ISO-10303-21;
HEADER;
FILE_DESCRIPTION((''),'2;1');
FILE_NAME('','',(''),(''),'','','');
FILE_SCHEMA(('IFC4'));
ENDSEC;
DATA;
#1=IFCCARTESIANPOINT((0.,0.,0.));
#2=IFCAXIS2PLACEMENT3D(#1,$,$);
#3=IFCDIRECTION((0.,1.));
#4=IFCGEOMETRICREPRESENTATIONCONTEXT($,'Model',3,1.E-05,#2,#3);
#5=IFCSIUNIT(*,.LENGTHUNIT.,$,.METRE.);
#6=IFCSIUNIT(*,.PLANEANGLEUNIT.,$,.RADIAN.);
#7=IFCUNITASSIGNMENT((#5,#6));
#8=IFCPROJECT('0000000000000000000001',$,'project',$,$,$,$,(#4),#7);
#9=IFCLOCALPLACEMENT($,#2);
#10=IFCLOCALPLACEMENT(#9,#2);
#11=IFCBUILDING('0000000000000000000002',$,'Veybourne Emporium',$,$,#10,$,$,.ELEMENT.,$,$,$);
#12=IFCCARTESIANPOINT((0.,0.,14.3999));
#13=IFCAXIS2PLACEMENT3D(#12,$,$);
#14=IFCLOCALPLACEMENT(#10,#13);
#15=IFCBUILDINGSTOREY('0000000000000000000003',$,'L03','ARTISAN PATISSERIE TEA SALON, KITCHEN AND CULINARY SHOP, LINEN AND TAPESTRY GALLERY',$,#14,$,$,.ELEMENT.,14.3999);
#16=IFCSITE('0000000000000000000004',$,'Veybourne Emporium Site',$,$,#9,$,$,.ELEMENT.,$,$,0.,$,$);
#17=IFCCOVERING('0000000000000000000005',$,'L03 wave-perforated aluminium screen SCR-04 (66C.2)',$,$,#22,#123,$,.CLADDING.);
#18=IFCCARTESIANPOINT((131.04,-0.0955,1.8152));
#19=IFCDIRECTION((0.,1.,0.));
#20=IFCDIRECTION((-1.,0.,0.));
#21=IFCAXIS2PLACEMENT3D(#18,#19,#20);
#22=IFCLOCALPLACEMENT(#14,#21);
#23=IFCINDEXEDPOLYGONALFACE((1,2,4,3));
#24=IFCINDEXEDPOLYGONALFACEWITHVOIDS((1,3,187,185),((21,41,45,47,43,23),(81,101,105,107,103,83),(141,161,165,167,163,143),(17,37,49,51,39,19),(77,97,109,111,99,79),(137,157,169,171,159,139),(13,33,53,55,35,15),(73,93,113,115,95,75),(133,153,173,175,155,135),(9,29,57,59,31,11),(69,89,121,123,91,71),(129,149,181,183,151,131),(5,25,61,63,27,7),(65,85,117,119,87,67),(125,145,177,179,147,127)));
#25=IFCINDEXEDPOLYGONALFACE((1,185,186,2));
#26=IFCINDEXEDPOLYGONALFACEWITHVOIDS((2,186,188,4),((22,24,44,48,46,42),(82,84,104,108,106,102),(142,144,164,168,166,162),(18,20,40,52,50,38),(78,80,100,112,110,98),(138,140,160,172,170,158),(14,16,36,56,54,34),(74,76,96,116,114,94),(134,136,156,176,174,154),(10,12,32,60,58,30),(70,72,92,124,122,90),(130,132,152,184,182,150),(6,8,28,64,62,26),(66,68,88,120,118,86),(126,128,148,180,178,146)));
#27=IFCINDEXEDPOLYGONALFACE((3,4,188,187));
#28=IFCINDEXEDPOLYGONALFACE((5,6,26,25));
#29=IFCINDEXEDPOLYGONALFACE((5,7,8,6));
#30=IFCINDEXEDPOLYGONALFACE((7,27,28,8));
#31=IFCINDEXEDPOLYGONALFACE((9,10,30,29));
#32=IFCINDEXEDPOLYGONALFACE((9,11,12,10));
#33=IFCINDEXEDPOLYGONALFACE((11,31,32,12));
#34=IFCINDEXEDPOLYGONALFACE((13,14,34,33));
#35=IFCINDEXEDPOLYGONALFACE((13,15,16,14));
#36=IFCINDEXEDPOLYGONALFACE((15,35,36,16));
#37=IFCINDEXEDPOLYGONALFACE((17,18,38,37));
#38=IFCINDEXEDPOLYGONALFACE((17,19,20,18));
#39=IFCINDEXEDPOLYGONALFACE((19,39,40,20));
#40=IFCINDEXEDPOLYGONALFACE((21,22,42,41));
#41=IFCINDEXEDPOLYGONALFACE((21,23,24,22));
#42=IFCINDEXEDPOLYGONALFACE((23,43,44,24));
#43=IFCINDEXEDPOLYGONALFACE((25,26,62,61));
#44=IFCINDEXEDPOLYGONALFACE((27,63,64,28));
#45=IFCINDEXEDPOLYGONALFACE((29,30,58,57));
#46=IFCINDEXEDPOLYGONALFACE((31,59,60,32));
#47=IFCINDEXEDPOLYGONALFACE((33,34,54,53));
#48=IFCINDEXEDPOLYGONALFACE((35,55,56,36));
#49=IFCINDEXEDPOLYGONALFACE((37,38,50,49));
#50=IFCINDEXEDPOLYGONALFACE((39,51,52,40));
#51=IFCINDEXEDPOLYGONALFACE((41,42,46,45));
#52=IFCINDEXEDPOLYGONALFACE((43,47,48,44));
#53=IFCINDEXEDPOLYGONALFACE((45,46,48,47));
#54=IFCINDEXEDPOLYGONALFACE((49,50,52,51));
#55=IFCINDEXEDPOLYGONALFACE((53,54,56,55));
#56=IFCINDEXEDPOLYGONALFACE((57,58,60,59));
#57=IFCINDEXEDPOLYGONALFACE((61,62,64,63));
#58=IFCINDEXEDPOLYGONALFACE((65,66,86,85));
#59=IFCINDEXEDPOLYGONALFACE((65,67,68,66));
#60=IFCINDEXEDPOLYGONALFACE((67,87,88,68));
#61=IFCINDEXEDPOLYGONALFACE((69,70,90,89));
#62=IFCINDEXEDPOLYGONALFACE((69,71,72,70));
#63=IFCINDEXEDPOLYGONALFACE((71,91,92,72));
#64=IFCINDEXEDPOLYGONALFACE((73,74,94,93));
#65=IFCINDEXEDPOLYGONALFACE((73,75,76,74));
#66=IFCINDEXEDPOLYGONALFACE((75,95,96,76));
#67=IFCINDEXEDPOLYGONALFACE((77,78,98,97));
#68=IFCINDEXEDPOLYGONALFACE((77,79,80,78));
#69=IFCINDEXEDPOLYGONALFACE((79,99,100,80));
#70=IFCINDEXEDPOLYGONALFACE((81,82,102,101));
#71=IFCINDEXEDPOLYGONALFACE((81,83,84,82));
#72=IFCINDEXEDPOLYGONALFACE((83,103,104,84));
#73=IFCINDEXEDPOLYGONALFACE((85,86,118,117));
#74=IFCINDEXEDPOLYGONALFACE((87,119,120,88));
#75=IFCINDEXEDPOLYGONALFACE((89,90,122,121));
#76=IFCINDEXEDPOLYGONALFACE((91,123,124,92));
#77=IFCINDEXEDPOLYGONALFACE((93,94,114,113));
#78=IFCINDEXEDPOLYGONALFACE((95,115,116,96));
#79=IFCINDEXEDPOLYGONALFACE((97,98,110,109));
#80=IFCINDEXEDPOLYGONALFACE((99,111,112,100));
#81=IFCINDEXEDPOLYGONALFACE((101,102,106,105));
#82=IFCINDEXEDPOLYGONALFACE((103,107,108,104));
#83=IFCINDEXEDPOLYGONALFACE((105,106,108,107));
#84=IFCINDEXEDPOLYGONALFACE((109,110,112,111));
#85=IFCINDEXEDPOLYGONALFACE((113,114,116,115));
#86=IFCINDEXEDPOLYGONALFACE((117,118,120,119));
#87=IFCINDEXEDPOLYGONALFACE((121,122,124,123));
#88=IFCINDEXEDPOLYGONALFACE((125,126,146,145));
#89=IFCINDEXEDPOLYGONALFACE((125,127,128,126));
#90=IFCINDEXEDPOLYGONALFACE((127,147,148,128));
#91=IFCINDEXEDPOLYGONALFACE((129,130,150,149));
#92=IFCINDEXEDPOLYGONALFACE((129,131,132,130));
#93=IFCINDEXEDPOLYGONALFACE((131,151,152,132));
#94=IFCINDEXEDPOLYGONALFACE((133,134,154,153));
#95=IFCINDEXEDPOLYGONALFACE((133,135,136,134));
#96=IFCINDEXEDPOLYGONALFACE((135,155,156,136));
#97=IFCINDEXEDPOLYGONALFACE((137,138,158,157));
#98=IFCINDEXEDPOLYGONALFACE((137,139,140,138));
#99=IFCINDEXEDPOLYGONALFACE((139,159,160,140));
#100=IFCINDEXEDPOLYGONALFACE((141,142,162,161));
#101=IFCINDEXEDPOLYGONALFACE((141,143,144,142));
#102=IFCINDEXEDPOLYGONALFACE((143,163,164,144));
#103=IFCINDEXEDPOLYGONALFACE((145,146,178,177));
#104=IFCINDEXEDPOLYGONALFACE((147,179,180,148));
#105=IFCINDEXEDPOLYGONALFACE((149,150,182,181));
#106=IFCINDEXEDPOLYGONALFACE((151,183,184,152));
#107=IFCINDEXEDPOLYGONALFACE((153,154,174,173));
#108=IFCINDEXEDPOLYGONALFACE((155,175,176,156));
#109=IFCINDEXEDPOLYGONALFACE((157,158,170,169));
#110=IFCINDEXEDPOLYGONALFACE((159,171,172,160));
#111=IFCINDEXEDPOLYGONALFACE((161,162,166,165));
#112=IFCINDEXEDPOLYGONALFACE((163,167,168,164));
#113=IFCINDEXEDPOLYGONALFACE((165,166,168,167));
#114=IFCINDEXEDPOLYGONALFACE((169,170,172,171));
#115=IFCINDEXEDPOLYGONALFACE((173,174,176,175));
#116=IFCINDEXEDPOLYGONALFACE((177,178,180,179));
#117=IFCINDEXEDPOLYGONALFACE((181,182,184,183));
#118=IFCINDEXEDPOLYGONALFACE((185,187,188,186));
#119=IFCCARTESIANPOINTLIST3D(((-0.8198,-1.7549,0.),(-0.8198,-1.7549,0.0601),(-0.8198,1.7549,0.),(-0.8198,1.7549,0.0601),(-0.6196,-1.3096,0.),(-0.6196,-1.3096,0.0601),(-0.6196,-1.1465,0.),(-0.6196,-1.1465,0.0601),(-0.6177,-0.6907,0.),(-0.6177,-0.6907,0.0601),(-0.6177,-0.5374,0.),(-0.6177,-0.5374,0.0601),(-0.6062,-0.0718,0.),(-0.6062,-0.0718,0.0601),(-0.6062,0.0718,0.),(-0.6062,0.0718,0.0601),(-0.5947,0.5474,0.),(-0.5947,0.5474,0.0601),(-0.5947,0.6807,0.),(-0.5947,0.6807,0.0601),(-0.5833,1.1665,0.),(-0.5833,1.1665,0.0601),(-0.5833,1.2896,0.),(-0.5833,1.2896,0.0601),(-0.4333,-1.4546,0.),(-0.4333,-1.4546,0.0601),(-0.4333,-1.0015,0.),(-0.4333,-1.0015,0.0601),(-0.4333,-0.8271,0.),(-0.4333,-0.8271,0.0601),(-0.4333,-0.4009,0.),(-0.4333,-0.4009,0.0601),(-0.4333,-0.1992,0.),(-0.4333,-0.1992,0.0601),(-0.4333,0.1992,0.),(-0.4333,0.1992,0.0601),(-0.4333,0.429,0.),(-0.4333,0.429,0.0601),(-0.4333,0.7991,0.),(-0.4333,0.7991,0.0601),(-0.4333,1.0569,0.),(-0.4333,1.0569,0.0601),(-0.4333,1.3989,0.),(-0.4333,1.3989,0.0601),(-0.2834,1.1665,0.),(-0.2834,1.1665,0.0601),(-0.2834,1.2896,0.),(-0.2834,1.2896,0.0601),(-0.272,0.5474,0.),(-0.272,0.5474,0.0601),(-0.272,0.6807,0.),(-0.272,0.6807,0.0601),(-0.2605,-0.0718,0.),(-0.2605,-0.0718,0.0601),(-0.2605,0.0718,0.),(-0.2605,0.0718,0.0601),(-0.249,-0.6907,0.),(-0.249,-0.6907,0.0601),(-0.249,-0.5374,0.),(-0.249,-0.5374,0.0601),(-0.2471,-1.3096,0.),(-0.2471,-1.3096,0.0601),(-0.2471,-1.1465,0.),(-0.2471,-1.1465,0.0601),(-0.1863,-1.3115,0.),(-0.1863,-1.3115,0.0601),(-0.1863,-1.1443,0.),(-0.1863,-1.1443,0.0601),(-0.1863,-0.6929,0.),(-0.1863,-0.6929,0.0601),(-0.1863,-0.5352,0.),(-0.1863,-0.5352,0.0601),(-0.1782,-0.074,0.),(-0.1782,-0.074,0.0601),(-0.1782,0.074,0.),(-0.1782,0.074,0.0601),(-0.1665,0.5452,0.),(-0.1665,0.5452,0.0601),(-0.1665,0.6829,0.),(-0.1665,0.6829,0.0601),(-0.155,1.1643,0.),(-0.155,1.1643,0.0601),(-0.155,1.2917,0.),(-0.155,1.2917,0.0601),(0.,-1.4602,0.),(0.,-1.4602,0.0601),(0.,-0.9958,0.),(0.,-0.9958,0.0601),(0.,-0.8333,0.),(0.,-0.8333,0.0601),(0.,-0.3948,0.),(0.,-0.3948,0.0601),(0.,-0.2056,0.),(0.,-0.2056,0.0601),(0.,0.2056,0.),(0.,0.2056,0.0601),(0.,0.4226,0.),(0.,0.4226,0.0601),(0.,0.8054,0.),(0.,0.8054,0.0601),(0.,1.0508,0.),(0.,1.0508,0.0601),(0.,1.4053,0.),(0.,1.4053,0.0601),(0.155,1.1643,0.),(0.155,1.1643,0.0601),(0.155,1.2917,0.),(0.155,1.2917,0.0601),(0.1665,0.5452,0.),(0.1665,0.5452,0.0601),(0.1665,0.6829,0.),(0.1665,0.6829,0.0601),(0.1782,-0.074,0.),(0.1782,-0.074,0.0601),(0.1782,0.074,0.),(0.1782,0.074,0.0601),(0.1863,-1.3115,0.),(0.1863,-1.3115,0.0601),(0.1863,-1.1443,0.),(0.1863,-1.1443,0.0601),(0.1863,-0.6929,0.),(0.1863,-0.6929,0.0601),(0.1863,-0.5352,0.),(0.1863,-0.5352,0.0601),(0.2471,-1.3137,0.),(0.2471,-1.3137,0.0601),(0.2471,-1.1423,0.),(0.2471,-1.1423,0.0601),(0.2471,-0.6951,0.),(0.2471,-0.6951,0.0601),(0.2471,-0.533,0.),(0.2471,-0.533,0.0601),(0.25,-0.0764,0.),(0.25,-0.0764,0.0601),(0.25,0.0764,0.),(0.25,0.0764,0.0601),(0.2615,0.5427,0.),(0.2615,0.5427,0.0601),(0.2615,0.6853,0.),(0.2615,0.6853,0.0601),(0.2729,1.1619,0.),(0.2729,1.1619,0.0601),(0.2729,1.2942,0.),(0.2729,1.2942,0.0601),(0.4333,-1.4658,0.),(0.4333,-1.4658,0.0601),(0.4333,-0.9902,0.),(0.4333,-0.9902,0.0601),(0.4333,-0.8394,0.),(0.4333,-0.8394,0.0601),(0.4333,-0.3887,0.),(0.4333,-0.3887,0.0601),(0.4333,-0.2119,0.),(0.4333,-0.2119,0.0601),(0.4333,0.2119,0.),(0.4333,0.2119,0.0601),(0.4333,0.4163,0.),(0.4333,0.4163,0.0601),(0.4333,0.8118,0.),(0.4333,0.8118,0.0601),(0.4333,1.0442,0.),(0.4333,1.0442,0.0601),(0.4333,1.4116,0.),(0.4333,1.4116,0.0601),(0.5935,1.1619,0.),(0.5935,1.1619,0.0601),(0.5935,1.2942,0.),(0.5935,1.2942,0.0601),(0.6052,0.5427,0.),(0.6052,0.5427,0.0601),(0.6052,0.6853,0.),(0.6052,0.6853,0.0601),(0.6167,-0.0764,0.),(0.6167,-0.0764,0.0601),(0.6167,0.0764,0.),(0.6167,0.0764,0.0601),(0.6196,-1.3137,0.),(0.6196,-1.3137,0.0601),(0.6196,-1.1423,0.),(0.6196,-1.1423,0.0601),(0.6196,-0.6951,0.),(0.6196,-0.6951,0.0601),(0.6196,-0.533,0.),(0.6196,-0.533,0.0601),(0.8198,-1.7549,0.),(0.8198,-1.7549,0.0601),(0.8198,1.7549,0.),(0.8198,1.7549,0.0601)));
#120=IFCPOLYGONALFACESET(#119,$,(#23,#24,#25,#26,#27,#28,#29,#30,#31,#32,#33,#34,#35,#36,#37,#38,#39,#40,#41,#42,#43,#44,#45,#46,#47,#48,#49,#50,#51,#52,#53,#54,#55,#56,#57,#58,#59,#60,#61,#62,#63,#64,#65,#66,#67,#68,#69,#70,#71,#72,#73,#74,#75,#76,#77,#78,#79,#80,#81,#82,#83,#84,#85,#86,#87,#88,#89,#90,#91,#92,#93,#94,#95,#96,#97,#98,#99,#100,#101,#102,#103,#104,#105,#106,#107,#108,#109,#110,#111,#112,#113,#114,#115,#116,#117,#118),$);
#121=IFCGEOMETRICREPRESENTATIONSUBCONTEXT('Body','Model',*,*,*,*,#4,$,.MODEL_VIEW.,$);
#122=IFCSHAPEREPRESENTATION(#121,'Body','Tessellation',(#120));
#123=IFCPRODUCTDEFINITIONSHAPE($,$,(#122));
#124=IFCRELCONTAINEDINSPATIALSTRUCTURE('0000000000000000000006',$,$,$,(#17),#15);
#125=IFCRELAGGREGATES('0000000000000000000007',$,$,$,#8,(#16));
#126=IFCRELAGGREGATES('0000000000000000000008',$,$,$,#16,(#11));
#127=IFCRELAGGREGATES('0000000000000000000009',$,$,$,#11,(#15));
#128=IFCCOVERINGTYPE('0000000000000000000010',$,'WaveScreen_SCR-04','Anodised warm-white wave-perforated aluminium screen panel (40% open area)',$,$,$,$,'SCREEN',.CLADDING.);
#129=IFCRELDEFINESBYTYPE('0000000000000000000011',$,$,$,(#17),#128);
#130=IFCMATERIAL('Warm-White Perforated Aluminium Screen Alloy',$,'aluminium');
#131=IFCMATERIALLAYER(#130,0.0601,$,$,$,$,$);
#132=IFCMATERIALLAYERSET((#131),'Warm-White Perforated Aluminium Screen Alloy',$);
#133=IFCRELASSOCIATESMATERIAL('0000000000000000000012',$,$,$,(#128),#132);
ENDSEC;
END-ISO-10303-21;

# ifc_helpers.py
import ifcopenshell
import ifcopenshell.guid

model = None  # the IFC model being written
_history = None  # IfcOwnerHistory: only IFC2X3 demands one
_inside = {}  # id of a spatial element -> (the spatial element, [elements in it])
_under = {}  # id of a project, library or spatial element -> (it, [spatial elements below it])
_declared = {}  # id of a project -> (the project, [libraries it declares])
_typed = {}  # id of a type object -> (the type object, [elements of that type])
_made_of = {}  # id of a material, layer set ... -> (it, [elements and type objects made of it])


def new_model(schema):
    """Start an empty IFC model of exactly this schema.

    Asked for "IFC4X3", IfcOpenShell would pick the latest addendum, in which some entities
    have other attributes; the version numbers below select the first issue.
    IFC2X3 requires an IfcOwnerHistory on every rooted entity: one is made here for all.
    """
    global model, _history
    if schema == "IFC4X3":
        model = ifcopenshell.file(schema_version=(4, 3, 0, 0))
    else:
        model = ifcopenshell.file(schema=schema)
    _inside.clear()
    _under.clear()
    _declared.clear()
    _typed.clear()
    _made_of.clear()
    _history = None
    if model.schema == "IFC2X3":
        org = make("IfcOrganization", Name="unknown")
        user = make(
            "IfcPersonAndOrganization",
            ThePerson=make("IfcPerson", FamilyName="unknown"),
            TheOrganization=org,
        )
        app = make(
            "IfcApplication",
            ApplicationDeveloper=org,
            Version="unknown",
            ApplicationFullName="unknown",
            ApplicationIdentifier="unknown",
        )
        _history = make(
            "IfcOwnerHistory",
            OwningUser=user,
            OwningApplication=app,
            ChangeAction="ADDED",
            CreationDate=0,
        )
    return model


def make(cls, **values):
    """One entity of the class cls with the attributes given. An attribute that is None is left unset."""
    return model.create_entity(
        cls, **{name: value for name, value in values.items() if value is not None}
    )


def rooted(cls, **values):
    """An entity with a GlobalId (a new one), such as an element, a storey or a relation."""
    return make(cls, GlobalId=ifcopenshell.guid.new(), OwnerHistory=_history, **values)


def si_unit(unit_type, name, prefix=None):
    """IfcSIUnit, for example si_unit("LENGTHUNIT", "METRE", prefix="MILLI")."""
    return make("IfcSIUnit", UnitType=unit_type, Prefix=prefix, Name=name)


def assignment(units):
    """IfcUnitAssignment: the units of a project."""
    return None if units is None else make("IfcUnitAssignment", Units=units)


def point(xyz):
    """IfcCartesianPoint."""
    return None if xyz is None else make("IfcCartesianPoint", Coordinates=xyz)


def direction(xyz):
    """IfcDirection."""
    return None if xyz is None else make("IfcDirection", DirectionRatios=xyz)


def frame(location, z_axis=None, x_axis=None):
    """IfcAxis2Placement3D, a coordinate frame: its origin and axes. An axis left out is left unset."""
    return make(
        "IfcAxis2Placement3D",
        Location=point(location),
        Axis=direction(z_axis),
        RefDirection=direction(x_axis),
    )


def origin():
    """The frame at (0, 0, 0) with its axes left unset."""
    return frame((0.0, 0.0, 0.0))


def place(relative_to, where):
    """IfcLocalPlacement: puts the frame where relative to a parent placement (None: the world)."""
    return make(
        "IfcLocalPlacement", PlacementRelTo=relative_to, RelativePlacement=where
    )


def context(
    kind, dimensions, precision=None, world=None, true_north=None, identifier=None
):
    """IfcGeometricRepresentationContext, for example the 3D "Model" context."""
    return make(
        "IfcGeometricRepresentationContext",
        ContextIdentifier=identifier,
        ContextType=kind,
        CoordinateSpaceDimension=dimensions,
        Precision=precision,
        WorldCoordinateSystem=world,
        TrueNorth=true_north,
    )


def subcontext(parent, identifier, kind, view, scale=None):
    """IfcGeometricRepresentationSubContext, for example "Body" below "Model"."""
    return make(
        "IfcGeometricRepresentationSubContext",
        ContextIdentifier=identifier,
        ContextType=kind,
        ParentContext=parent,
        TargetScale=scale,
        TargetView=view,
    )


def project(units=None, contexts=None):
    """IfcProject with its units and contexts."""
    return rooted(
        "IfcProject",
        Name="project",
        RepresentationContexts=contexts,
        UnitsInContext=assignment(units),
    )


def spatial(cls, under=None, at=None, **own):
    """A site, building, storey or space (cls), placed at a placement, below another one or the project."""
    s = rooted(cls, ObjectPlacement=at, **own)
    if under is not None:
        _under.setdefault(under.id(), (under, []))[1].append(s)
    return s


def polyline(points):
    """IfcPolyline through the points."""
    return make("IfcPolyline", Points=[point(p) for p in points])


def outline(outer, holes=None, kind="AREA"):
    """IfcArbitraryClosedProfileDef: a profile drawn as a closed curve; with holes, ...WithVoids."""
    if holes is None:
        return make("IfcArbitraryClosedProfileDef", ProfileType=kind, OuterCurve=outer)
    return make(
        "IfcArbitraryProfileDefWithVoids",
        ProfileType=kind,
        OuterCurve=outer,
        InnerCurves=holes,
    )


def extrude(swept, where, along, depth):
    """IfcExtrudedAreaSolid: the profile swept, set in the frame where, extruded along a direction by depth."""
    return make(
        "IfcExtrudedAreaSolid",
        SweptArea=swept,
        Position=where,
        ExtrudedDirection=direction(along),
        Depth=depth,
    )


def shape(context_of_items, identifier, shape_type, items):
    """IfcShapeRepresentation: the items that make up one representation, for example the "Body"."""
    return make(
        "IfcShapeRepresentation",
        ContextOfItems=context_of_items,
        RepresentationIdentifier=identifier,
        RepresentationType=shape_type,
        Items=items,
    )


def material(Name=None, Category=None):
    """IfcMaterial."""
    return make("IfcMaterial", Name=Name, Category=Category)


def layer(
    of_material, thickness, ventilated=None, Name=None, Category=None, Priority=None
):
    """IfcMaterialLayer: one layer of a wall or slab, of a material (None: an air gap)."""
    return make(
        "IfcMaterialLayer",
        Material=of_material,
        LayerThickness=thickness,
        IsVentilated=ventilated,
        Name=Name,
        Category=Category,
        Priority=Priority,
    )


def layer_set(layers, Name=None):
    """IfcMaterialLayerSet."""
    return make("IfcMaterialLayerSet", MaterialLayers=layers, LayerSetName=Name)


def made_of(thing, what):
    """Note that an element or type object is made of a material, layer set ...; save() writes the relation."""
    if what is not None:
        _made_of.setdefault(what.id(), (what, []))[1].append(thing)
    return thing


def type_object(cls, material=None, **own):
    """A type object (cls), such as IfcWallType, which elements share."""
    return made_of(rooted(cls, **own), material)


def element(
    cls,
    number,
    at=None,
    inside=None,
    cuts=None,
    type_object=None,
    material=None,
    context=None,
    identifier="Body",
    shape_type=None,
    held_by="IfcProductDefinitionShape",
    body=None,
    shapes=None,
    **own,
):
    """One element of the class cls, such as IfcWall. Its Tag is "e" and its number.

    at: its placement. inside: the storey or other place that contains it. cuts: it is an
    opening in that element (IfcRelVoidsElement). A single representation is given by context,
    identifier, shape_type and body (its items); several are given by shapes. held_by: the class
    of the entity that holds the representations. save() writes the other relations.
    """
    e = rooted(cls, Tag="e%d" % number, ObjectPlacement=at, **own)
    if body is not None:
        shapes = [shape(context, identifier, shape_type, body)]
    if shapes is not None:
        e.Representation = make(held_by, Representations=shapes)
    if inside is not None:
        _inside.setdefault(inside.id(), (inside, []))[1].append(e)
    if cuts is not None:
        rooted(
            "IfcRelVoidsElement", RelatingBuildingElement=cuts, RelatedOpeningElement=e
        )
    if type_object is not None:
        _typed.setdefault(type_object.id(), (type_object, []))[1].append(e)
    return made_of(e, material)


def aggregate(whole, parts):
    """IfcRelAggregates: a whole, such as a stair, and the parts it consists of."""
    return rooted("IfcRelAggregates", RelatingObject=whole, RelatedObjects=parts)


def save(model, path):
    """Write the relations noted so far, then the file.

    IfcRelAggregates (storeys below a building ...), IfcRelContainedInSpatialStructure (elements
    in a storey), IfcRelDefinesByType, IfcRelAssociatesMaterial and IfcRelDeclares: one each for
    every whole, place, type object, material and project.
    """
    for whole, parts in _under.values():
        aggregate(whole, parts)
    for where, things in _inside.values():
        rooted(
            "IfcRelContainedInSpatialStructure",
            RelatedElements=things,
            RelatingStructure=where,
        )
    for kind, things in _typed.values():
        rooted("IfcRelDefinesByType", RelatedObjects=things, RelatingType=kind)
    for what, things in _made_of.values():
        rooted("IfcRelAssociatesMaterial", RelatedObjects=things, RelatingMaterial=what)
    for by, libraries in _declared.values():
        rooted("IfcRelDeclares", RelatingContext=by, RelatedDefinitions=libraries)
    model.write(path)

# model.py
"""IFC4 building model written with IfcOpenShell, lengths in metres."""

from ifc_helpers import new_model, si_unit, direction, frame, origin, place, context, subcontext, project, spatial, polyline, outline, extrude, material, layer, layer_set, type_object, element, save


model = new_model("IFC4")

# Units and contexts
model_context = context("Model", 3, precision=1e-05, world=origin(), true_north=direction((0.0, 1.0)))
body_context = subcontext(model_context, "Body", "Model", "MODEL_VIEW")
ifc_project = project(units=[si_unit("LENGTHUNIT", "METRE"), si_unit("PLANEANGLEUNIT", "RADIAN")], contexts=[model_context])

# Site, building, storey
site_placement = place(None, origin())
site = spatial("IfcSite", under=ifc_project, at=site_placement, Name="Veybourne Emporium Site", CompositionType="ELEMENT", RefElevation=0.0)
building_placement = place(site_placement, origin())
building = spatial("IfcBuilding", under=site, at=building_placement, Name="Veybourne Emporium", CompositionType="ELEMENT")
storey_placement = place(building_placement, frame((0.0, 0.0, 14.3999)))
storey = spatial("IfcBuildingStorey", under=building, at=storey_placement, Name="L03", Description="ARTISAN PATISSERIE TEA SALON, KITCHEN AND CULINARY SHOP, LINEN AND TAPESTRY GALLERY", CompositionType="ELEMENT", Elevation=14.3999)

# Covering
ifc_material_1 = material(Name="Warm-White Perforated Aluminium Screen Alloy", Category="aluminium")
ifc_layer_1 = layer(ifc_material_1, 0.0601)
ifc_layer_set_1 = layer_set([ifc_layer_1], Name="Warm-White Perforated Aluminium Screen Alloy")
covering_type_1 = type_object("IfcCoveringType", Name="WaveScreen_SCR-04", Description="Anodised warm-white wave-perforated aluminium screen panel (40% open area)", ElementType="SCREEN", PredefinedType="CLADDING", material=ifc_layer_set_1)
covering_1_placement = place(storey_placement, frame((131.04, -0.0955, 1.8152), z_axis=(0.0, 1.0, 0.0), x_axis=(-1.0, 0.0, 0.0)))
element("IfcCovering", 1, at=covering_1_placement, inside=storey, type_object=covering_type_1, Name="L03 wave-perforated aluminium screen SCR-04 (66C.2)", PredefinedType="CLADDING", context=body_context, shape_type="SweptSolid", body=[
    extrude(outline(polyline([(-0.8198, -1.7549), (0.8198, -1.7549), (0.8198, 1.7549), (-0.8198, 1.7549), (-0.8198, -1.7549)]), holes=[polyline([(-0.4333, -1.0015), (-0.2471, -1.1465), (-0.2471, -1.3096), (-0.4333, -1.4546), (-0.6196, -1.3096), (-0.6196, -1.1465), (-0.4333, -1.0015)]), polyline([(-0.4333, -0.4009), (-0.249, -0.5374), (-0.249, -0.6907), (-0.4333, -0.8271), (-0.6177, -0.6907), (-0.6177, -0.5374), (-0.4333, -0.4009)]), polyline([(-0.4333, 0.1992), (-0.2605, 0.0718), (-0.2605, -0.0718), (-0.4333, -0.1992), (-0.6062, -0.0718), (-0.6062, 0.0718), (-0.4333, 0.1992)]), polyline([(-0.4333, 0.7991), (-0.272, 0.6807), (-0.272, 0.5474), (-0.4333, 0.429), (-0.5947, 0.5474), (-0.5947, 0.6807), (-0.4333, 0.7991)]), polyline([(-0.4333, 1.3989), (-0.2834, 1.2896), (-0.2834, 1.1665), (-0.4333, 1.0569), (-0.5833, 1.1665), (-0.5833, 1.2896), (-0.4333, 1.3989)]), polyline([(0.0, -0.9958), (0.1863, -1.1443), (0.1863, -1.3115), (0.0, -1.4602), (-0.1863, -1.3115), (-0.1863, -1.1443), (0.0, -0.9958)]), polyline([(0.0, -0.3948), (0.1863, -0.5352), (0.1863, -0.6929), (0.0, -0.8333), (-0.1863, -0.6929), (-0.1863, -0.5352), (0.0, -0.3948)]), polyline([(0.0, 0.2056), (0.1782, 0.074), (0.1782, -0.074), (0.0, -0.2056), (-0.1782, -0.074), (-0.1782, 0.074), (0.0, 0.2056)]), polyline([(0.0, 0.8054), (0.1665, 0.6829), (0.1665, 0.5452), (0.0, 0.4226), (-0.1665, 0.5452), (-0.1665, 0.6829), (0.0, 0.8054)]), polyline([(0.0, 1.4053), (0.155, 1.2917), (0.155, 1.1643), (0.0, 1.0508), (-0.155, 1.1643), (-0.155, 1.2917), (0.0, 1.4053)]), polyline([(0.4333, -0.9902), (0.6196, -1.1423), (0.6196, -1.3137), (0.4333, -1.4658), (0.2471, -1.3137), (0.2471, -1.1423), (0.4333, -0.9902)]), polyline([(0.4333, -0.3887), (0.6196, -0.533), (0.6196, -0.6951), (0.4333, -0.8394), (0.2471, -0.6951), (0.2471, -0.533), (0.4333, -0.3887)]), polyline([(0.4333, 0.2119), (0.6167, 0.0764), (0.6167, -0.0764), (0.4333, -0.2119), (0.25, -0.0764), (0.25, 0.0764), (0.4333, 0.2119)]), polyline([(0.4333, 0.8118), (0.6052, 0.6853), (0.6052, 0.5427), (0.4333, 0.4163), (0.2615, 0.5427), (0.2615, 0.6853), (0.4333, 0.8118)]), polyline([(0.4333, 1.4116), (0.5935, 1.2942), (0.5935, 1.1619), (0.4333, 1.0442), (0.2729, 1.1619), (0.2729, 1.2942), (0.4333, 1.4116)])]), origin(), (0.0, 0.0, 1.0), 0.0601),
])

save(model, "model.ifc")
